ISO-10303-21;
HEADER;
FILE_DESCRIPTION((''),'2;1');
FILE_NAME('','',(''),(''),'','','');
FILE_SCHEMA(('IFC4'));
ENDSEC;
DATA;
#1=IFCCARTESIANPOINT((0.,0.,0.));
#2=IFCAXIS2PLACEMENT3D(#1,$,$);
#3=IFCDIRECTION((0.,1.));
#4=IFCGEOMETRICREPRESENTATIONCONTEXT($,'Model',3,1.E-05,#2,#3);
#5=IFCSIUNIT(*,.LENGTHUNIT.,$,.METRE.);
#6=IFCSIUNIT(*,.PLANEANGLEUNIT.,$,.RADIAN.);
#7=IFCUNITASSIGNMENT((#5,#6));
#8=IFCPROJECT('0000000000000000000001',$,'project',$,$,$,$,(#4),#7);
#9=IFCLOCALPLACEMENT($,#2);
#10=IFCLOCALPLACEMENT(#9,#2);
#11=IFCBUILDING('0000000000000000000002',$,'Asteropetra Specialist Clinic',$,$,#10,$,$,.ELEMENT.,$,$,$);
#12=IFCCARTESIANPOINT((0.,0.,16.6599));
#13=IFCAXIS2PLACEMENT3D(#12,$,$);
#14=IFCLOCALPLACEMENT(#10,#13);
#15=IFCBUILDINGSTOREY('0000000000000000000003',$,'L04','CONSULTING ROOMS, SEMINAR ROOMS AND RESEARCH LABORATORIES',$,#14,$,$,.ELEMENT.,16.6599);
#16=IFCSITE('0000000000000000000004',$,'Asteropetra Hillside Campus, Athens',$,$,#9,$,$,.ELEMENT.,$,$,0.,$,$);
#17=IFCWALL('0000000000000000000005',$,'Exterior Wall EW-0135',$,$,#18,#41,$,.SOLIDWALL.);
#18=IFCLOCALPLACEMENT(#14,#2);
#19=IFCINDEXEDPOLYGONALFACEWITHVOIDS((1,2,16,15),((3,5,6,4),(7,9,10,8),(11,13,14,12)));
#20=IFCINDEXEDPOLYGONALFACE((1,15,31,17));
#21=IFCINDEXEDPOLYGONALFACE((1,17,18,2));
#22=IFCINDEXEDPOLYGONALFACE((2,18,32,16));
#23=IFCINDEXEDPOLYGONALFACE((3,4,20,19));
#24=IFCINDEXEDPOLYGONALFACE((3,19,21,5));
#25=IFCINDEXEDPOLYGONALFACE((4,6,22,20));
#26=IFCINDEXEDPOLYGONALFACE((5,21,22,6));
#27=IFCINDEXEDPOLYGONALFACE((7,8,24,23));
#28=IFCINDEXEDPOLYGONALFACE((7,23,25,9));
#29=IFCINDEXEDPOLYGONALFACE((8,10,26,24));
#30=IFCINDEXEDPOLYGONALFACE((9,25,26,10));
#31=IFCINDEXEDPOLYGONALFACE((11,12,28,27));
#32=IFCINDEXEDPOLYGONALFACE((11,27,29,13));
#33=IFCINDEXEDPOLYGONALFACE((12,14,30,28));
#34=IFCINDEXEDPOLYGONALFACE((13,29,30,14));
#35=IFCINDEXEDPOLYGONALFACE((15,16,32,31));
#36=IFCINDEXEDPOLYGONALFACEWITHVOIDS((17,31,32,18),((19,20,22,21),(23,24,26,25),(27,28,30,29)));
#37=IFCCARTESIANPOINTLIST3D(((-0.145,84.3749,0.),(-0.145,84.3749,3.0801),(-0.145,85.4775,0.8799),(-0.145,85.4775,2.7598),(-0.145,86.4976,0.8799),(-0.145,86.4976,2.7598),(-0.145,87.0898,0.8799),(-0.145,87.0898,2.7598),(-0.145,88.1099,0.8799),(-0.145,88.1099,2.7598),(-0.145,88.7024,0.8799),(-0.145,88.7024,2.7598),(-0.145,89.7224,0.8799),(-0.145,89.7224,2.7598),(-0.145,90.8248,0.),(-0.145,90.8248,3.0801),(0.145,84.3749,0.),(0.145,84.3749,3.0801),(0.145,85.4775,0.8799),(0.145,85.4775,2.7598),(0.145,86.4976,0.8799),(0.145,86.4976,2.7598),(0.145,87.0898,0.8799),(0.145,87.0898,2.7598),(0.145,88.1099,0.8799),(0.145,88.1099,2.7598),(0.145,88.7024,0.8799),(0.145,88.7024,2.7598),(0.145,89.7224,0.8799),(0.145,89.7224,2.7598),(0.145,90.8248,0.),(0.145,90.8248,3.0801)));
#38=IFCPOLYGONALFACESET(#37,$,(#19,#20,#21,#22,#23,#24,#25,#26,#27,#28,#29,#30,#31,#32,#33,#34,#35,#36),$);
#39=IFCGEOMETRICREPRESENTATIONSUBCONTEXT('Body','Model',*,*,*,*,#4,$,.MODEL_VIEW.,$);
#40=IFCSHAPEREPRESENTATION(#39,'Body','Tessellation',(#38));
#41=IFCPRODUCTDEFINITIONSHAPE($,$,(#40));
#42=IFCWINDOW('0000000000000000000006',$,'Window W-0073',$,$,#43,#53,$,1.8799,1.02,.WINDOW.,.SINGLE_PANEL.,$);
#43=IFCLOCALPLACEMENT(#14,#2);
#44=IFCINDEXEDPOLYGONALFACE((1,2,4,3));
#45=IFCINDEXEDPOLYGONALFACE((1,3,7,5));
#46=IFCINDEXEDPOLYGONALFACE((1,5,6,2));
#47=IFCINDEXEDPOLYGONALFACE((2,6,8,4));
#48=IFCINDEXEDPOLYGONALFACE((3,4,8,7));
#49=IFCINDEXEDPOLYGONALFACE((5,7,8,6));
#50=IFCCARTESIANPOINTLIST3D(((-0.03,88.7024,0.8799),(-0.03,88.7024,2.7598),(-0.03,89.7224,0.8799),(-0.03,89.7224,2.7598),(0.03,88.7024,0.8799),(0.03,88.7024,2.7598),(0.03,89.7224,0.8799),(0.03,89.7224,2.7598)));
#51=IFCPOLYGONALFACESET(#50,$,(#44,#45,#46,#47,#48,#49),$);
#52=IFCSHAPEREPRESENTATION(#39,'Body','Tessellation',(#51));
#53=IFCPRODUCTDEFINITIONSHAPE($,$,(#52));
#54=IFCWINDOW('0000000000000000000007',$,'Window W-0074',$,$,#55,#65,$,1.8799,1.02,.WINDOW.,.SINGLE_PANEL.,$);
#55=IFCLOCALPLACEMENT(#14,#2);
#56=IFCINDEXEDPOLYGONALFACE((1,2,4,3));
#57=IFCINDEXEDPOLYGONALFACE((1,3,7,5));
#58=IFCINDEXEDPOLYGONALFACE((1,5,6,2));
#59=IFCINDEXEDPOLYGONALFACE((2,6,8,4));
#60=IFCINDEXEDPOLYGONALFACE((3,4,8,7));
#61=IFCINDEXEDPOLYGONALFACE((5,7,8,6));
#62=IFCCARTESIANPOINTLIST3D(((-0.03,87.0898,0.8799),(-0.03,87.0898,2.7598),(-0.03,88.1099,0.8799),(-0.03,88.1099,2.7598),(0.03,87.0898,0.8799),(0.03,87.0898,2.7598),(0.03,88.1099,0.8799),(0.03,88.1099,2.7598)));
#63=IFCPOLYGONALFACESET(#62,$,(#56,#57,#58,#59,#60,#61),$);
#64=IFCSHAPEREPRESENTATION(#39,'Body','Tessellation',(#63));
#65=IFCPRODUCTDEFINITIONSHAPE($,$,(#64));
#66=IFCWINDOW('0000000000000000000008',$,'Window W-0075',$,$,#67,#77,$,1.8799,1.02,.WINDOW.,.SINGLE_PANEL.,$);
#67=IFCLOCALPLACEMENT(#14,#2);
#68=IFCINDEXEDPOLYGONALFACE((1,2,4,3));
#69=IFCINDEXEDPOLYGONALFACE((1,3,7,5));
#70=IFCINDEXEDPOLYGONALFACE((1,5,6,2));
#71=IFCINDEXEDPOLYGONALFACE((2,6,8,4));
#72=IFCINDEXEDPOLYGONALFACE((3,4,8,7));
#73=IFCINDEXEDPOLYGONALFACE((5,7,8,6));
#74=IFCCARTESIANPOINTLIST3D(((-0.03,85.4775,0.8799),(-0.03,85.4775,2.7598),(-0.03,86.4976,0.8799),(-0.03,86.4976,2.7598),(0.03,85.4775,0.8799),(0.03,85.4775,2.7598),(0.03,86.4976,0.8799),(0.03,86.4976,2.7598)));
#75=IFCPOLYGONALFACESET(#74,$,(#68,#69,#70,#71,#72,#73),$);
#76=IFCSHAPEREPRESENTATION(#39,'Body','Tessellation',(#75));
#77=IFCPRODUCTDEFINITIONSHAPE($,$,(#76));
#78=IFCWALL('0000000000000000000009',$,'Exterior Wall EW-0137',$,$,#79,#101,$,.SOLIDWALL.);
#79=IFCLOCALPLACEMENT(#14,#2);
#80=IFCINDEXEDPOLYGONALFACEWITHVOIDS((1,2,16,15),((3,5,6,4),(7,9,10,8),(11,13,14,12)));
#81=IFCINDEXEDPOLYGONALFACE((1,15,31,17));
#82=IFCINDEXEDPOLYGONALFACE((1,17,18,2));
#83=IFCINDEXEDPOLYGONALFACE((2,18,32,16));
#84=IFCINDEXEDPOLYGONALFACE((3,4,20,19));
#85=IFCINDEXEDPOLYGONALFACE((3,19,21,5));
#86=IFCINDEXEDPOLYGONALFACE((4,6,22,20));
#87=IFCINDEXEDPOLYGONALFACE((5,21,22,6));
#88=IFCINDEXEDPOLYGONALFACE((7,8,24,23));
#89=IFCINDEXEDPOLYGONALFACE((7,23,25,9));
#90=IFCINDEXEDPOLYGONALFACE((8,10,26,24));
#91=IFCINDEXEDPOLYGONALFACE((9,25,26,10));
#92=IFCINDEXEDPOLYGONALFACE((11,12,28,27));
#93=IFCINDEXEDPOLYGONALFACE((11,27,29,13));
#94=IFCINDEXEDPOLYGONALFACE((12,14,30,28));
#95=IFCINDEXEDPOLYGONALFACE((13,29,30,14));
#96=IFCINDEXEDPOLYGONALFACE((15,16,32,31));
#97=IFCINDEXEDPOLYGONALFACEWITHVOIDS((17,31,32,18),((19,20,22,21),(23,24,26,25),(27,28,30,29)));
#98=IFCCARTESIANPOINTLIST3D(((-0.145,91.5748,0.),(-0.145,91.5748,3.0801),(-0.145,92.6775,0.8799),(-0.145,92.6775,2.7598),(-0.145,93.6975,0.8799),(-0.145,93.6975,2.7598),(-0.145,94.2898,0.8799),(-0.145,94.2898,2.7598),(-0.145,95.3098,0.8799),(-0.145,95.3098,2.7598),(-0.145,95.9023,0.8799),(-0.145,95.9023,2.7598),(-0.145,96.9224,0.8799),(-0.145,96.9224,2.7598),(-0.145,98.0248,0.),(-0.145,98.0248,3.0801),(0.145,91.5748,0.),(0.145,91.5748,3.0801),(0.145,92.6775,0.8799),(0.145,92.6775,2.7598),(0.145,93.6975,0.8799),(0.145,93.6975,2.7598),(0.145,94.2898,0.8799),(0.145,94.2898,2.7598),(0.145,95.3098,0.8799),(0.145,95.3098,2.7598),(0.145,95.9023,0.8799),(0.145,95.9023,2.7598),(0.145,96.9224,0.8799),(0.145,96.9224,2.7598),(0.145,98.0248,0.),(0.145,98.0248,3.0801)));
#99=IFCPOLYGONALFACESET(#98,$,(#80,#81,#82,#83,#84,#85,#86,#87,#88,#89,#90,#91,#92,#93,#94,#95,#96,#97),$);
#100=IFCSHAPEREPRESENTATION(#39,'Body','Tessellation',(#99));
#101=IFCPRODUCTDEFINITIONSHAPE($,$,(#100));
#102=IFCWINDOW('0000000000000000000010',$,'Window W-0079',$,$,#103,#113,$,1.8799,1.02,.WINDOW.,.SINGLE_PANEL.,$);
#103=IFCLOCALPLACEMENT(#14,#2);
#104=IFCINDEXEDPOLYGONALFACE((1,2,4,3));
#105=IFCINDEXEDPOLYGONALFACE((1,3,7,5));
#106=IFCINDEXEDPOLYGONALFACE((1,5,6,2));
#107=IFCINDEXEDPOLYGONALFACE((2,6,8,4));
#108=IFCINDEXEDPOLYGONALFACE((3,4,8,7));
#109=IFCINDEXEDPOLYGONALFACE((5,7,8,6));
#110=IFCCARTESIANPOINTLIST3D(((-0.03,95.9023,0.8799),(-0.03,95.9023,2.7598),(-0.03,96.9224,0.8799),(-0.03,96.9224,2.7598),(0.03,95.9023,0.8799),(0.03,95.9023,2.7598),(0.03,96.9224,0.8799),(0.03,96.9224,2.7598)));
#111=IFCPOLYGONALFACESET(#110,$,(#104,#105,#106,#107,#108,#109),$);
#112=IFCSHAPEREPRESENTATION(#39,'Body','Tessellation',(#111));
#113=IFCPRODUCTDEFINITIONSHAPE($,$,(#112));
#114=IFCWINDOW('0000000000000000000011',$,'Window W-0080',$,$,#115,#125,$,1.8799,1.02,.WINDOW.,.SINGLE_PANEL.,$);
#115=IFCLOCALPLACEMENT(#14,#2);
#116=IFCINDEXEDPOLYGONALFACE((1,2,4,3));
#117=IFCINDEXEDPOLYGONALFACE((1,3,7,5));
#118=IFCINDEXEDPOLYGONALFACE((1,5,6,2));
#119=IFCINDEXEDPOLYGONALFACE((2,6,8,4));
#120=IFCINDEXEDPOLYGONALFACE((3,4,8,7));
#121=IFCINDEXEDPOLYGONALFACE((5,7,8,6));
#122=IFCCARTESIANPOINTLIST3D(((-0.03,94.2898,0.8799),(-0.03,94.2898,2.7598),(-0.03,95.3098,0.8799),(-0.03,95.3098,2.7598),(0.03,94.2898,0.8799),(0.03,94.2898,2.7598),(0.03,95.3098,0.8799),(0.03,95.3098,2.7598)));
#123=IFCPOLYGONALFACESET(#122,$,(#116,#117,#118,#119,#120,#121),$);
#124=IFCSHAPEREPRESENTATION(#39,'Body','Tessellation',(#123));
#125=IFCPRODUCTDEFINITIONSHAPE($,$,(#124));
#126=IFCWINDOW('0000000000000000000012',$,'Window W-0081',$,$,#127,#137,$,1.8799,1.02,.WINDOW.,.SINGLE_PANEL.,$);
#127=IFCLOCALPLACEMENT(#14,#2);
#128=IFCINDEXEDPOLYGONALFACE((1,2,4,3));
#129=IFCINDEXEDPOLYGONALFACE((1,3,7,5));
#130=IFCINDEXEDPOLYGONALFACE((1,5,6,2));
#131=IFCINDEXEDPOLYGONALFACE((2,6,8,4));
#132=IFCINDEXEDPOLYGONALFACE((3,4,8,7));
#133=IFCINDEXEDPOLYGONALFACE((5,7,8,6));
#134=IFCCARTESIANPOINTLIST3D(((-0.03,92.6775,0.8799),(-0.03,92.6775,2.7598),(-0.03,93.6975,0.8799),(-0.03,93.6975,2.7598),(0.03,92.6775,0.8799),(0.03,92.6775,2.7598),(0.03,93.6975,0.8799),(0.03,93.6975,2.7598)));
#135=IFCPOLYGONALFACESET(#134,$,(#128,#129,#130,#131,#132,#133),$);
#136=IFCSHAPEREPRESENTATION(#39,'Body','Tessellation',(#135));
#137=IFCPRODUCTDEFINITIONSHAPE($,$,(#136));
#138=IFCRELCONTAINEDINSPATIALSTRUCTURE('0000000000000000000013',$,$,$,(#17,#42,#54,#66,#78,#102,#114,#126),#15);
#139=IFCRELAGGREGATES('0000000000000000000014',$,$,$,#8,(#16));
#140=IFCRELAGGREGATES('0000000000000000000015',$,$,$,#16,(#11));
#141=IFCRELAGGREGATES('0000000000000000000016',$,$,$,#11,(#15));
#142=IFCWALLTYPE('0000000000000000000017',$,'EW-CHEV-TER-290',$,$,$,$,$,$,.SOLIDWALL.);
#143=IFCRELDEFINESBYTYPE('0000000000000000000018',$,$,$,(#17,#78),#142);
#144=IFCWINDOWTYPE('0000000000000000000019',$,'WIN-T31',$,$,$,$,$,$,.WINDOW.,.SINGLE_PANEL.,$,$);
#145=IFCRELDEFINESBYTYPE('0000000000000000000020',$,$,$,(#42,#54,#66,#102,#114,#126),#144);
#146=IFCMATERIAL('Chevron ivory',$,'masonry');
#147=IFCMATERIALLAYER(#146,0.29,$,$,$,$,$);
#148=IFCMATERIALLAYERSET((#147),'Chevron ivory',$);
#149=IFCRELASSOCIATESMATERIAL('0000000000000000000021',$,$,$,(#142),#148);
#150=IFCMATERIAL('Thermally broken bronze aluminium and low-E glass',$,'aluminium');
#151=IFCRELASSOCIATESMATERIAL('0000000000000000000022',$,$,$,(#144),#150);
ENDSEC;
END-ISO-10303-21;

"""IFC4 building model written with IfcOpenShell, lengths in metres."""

from ifc_helpers import new_model, si_unit, direction, frame, frame_2d, origin, place, context, subcontext, project, spatial, rectangle, extrude, material, layer, layer_set, type_object, element, fill, save


model = new_model("IFC4")

# Units and contexts
model_context = context("Model", 3, precision=1e-05, world=origin(), true_north=direction((0.0, 1.0)))
body_context = subcontext(model_context, "Body", "Model", "MODEL_VIEW")
ifc_project = project(units=[si_unit("LENGTHUNIT", "METRE"), si_unit("PLANEANGLEUNIT", "RADIAN")], contexts=[model_context])

# Site, building, storey
site_placement = place(None, origin())
site = spatial("IfcSite", under=ifc_project, at=site_placement, Name="Asteropetra Hillside Campus, Athens", CompositionType="ELEMENT", RefElevation=0.0)
building_placement = place(site_placement, origin())
building = spatial("IfcBuilding", under=site, at=building_placement, Name="Asteropetra Specialist Clinic", CompositionType="ELEMENT")
storey_placement = place(building_placement, frame((0.0, 0.0, 16.6599)))
storey = spatial("IfcBuildingStorey", under=building, at=storey_placement, Name="L04", Description="CONSULTING ROOMS, SEMINAR ROOMS AND RESEARCH LABORATORIES", CompositionType="ELEMENT", Elevation=16.6599)

# Walls, openings, windows
ifc_material_1 = material(Name="Chevron ivory", Category="masonry")
ifc_layer_1 = layer(ifc_material_1, 0.29)
ifc_layer_set_1 = layer_set([ifc_layer_1], Name="Chevron ivory")
wall_type = type_object("IfcWallType", Name="EW-CHEV-TER-290", PredefinedType="SOLIDWALL", material=ifc_layer_set_1)
wall_1_placement = place(storey_placement, frame((0.0, 90.825, 0.0), z_axis=(0.0, 0.0, 1.0), x_axis=(0.0, -1.0, 0.0)))
wall_1 = element("IfcWall", 1, at=wall_1_placement, inside=storey, type_object=wall_type, Name="Exterior Wall EW-0135", PredefinedType="SOLIDWALL", context=body_context, shape_type="SweptSolid", body=[
    extrude(rectangle(XDim=6.45, YDim=0.29, at=frame_2d((3.2251, 0.0))), origin(), (0.0, 0.0, 1.0), 3.0801),
])
opening_1_placement = place(wall_1_placement, frame((1.1025, 0.0, 0.8799)))
opening_1 = element("IfcOpeningElement", 2, at=opening_1_placement, cuts=wall_1, PredefinedType="OPENING", context=body_context, shape_type="SweptSolid", body=[
    extrude(rectangle(XDim=1.02, YDim=1.8799, at=frame_2d((0.51, 0.9399))), frame((0.0, 0.155, 0.0), z_axis=(0.0, -1.0, 0.0), x_axis=(1.0, 0.0, 0.0)), (0.0, 0.0, 1.0), 0.3101),
])
opening_2_placement = place(wall_1_placement, frame((2.7151, 0.0, 0.8799)))
opening_2 = element("IfcOpeningElement", 3, at=opening_2_placement, cuts=wall_1, PredefinedType="OPENING", context=body_context, shape_type="SweptSolid", body=[
    extrude(rectangle(XDim=1.02, YDim=1.8799, at=frame_2d((0.51, 0.9399))), frame((0.0, 0.155, 0.0), z_axis=(0.0, -1.0, 0.0), x_axis=(1.0, 0.0, 0.0)), (0.0, 0.0, 1.0), 0.3101),
])
opening_3_placement = place(wall_1_placement, frame((4.3274, 0.0, 0.8799)))
opening_3 = element("IfcOpeningElement", 4, at=opening_3_placement, cuts=wall_1, PredefinedType="OPENING", context=body_context, shape_type="SweptSolid", body=[
    extrude(rectangle(XDim=1.02, YDim=1.8799, at=frame_2d((0.51, 0.9399))), frame((0.0, 0.155, 0.0), z_axis=(0.0, -1.0, 0.0), x_axis=(1.0, 0.0, 0.0)), (0.0, 0.0, 1.0), 0.3101),
])
ifc_material_2 = material(Name="Thermally broken bronze aluminium and low-E glass", Category="aluminium")
window_type = type_object("IfcWindowType", Name="WIN-T31", PartitioningType="SINGLE_PANEL", PredefinedType="WINDOW", material=ifc_material_2)
window_1_placement = place(opening_1_placement, origin())
window_1 = element("IfcWindow", 5, at=window_1_placement, inside=storey, type_object=window_type, Name="Window W-0073", OverallHeight=1.8799, OverallWidth=1.02, PartitioningType="SINGLE_PANEL", PredefinedType="WINDOW", context=body_context, shape_type="SweptSolid", body=[
    extrude(rectangle(XDim=1.02, YDim=1.8799, at=frame_2d((0.51, 0.9399))), frame((0.0, 0.03, 0.0), z_axis=(0.0, -1.0, 0.0), x_axis=(1.0, 0.0, 0.0)), (0.0, 0.0, 1.0), 0.0601),
])
fill(opening_1, window_1)
window_2_placement = place(opening_2_placement, origin())
window_2 = element("IfcWindow", 6, at=window_2_placement, inside=storey, type_object=window_type, Name="Window W-0074", OverallHeight=1.8799, OverallWidth=1.02, PartitioningType="SINGLE_PANEL", PredefinedType="WINDOW", context=body_context, shape_type="SweptSolid", body=[
    extrude(rectangle(XDim=1.02, YDim=1.8799, at=frame_2d((0.51, 0.9399))), frame((0.0, 0.03, 0.0), z_axis=(0.0, -1.0, 0.0), x_axis=(1.0, 0.0, 0.0)), (0.0, 0.0, 1.0), 0.0601),
])
fill(opening_2, window_2)
window_3_placement = place(opening_3_placement, origin())
window_3 = element("IfcWindow", 7, at=window_3_placement, inside=storey, type_object=window_type, Name="Window W-0075", OverallHeight=1.8799, OverallWidth=1.02, PartitioningType="SINGLE_PANEL", PredefinedType="WINDOW", context=body_context, shape_type="SweptSolid", body=[
    extrude(rectangle(XDim=1.02, YDim=1.8799, at=frame_2d((0.51, 0.9399))), frame((0.0, 0.03, 0.0), z_axis=(0.0, -1.0, 0.0), x_axis=(1.0, 0.0, 0.0)), (0.0, 0.0, 1.0), 0.0601),
])
fill(opening_3, window_3)
wall_2_placement = place(storey_placement, frame((0.0, 98.0249, 0.0), z_axis=(0.0, 0.0, 1.0), x_axis=(0.0, -1.0, 0.0)))
wall_2 = element("IfcWall", 8, at=wall_2_placement, inside=storey, type_object=wall_type, Name="Exterior Wall EW-0137", PredefinedType="SOLIDWALL", context=body_context, shape_type="SweptSolid", body=[
    extrude(rectangle(XDim=6.45, YDim=0.29, at=frame_2d((3.2251, 0.0))), origin(), (0.0, 0.0, 1.0), 3.0801),
])
opening_4_placement = place(wall_2_placement, frame((1.1025, 0.0, 0.8799)))
opening_4 = element("IfcOpeningElement", 9, at=opening_4_placement, cuts=wall_2, PredefinedType="OPENING", context=body_context, shape_type="SweptSolid", body=[
    extrude(rectangle(XDim=1.02, YDim=1.8799, at=frame_2d((0.51, 0.9399))), frame((0.0, 0.155, 0.0), z_axis=(0.0, -1.0, 0.0), x_axis=(1.0, 0.0, 0.0)), (0.0, 0.0, 1.0), 0.3101),
])
opening_5_placement = place(wall_2_placement, frame((2.7151, 0.0, 0.8799)))
opening_5 = element("IfcOpeningElement", 10, at=opening_5_placement, cuts=wall_2, PredefinedType="OPENING", context=body_context, shape_type="SweptSolid", body=[
    extrude(rectangle(XDim=1.02, YDim=1.8799, at=frame_2d((0.51, 0.9399))), frame((0.0, 0.155, 0.0), z_axis=(0.0, -1.0, 0.0), x_axis=(1.0, 0.0, 0.0)), (0.0, 0.0, 1.0), 0.3101),
])
opening_6_placement = place(wall_2_placement, frame((4.3274, 0.0, 0.8799)))
opening_6 = element("IfcOpeningElement", 11, at=opening_6_placement, cuts=wall_2, PredefinedType="OPENING", context=body_context, shape_type="SweptSolid", body=[
    extrude(rectangle(XDim=1.02, YDim=1.8799, at=frame_2d((0.51, 0.9399))), frame((0.0, 0.155, 0.0), z_axis=(0.0, -1.0, 0.0), x_axis=(1.0, 0.0, 0.0)), (0.0, 0.0, 1.0), 0.3101),
])
window_4_placement = place(opening_4_placement, origin())
window_4 = element("IfcWindow", 12, at=window_4_placement, inside=storey, type_object=window_type, Name="Window W-0079", OverallHeight=1.8799, OverallWidth=1.02, PartitioningType="SINGLE_PANEL", PredefinedType="WINDOW", context=body_context, shape_type="SweptSolid", body=[
    extrude(rectangle(XDim=1.02, YDim=1.8799, at=frame_2d((0.51, 0.9399))), frame((0.0, 0.03, 0.0), z_axis=(0.0, -1.0, 0.0), x_axis=(1.0, 0.0, 0.0)), (0.0, 0.0, 1.0), 0.0601),
])
fill(opening_4, window_4)
window_5_placement = place(opening_5_placement, origin())
window_5 = element("IfcWindow", 13, at=window_5_placement, inside=storey, type_object=window_type, Name="Window W-0080", OverallHeight=1.8799, OverallWidth=1.02, PartitioningType="SINGLE_PANEL", PredefinedType="WINDOW", context=body_context, shape_type="SweptSolid", body=[
    extrude(rectangle(XDim=1.02, YDim=1.8799, at=frame_2d((0.51, 0.9399))), frame((0.0, 0.03, 0.0), z_axis=(0.0, -1.0, 0.0), x_axis=(1.0, 0.0, 0.0)), (0.0, 0.0, 1.0), 0.0601),
])
fill(opening_5, window_5)
window_6_placement = place(opening_6_placement, origin())
window_6 = element("IfcWindow", 14, at=window_6_placement, inside=storey, type_object=window_type, Name="Window W-0081", OverallHeight=1.8799, OverallWidth=1.02, PartitioningType="SINGLE_PANEL", PredefinedType="WINDOW", context=body_context, shape_type="SweptSolid", body=[
    extrude(rectangle(XDim=1.02, YDim=1.8799, at=frame_2d((0.51, 0.9399))), frame((0.0, 0.03, 0.0), z_axis=(0.0, -1.0, 0.0), x_axis=(1.0, 0.0, 0.0)), (0.0, 0.0, 1.0), 0.0601),
])
fill(opening_6, window_6)

save(model, "model.ifc")
